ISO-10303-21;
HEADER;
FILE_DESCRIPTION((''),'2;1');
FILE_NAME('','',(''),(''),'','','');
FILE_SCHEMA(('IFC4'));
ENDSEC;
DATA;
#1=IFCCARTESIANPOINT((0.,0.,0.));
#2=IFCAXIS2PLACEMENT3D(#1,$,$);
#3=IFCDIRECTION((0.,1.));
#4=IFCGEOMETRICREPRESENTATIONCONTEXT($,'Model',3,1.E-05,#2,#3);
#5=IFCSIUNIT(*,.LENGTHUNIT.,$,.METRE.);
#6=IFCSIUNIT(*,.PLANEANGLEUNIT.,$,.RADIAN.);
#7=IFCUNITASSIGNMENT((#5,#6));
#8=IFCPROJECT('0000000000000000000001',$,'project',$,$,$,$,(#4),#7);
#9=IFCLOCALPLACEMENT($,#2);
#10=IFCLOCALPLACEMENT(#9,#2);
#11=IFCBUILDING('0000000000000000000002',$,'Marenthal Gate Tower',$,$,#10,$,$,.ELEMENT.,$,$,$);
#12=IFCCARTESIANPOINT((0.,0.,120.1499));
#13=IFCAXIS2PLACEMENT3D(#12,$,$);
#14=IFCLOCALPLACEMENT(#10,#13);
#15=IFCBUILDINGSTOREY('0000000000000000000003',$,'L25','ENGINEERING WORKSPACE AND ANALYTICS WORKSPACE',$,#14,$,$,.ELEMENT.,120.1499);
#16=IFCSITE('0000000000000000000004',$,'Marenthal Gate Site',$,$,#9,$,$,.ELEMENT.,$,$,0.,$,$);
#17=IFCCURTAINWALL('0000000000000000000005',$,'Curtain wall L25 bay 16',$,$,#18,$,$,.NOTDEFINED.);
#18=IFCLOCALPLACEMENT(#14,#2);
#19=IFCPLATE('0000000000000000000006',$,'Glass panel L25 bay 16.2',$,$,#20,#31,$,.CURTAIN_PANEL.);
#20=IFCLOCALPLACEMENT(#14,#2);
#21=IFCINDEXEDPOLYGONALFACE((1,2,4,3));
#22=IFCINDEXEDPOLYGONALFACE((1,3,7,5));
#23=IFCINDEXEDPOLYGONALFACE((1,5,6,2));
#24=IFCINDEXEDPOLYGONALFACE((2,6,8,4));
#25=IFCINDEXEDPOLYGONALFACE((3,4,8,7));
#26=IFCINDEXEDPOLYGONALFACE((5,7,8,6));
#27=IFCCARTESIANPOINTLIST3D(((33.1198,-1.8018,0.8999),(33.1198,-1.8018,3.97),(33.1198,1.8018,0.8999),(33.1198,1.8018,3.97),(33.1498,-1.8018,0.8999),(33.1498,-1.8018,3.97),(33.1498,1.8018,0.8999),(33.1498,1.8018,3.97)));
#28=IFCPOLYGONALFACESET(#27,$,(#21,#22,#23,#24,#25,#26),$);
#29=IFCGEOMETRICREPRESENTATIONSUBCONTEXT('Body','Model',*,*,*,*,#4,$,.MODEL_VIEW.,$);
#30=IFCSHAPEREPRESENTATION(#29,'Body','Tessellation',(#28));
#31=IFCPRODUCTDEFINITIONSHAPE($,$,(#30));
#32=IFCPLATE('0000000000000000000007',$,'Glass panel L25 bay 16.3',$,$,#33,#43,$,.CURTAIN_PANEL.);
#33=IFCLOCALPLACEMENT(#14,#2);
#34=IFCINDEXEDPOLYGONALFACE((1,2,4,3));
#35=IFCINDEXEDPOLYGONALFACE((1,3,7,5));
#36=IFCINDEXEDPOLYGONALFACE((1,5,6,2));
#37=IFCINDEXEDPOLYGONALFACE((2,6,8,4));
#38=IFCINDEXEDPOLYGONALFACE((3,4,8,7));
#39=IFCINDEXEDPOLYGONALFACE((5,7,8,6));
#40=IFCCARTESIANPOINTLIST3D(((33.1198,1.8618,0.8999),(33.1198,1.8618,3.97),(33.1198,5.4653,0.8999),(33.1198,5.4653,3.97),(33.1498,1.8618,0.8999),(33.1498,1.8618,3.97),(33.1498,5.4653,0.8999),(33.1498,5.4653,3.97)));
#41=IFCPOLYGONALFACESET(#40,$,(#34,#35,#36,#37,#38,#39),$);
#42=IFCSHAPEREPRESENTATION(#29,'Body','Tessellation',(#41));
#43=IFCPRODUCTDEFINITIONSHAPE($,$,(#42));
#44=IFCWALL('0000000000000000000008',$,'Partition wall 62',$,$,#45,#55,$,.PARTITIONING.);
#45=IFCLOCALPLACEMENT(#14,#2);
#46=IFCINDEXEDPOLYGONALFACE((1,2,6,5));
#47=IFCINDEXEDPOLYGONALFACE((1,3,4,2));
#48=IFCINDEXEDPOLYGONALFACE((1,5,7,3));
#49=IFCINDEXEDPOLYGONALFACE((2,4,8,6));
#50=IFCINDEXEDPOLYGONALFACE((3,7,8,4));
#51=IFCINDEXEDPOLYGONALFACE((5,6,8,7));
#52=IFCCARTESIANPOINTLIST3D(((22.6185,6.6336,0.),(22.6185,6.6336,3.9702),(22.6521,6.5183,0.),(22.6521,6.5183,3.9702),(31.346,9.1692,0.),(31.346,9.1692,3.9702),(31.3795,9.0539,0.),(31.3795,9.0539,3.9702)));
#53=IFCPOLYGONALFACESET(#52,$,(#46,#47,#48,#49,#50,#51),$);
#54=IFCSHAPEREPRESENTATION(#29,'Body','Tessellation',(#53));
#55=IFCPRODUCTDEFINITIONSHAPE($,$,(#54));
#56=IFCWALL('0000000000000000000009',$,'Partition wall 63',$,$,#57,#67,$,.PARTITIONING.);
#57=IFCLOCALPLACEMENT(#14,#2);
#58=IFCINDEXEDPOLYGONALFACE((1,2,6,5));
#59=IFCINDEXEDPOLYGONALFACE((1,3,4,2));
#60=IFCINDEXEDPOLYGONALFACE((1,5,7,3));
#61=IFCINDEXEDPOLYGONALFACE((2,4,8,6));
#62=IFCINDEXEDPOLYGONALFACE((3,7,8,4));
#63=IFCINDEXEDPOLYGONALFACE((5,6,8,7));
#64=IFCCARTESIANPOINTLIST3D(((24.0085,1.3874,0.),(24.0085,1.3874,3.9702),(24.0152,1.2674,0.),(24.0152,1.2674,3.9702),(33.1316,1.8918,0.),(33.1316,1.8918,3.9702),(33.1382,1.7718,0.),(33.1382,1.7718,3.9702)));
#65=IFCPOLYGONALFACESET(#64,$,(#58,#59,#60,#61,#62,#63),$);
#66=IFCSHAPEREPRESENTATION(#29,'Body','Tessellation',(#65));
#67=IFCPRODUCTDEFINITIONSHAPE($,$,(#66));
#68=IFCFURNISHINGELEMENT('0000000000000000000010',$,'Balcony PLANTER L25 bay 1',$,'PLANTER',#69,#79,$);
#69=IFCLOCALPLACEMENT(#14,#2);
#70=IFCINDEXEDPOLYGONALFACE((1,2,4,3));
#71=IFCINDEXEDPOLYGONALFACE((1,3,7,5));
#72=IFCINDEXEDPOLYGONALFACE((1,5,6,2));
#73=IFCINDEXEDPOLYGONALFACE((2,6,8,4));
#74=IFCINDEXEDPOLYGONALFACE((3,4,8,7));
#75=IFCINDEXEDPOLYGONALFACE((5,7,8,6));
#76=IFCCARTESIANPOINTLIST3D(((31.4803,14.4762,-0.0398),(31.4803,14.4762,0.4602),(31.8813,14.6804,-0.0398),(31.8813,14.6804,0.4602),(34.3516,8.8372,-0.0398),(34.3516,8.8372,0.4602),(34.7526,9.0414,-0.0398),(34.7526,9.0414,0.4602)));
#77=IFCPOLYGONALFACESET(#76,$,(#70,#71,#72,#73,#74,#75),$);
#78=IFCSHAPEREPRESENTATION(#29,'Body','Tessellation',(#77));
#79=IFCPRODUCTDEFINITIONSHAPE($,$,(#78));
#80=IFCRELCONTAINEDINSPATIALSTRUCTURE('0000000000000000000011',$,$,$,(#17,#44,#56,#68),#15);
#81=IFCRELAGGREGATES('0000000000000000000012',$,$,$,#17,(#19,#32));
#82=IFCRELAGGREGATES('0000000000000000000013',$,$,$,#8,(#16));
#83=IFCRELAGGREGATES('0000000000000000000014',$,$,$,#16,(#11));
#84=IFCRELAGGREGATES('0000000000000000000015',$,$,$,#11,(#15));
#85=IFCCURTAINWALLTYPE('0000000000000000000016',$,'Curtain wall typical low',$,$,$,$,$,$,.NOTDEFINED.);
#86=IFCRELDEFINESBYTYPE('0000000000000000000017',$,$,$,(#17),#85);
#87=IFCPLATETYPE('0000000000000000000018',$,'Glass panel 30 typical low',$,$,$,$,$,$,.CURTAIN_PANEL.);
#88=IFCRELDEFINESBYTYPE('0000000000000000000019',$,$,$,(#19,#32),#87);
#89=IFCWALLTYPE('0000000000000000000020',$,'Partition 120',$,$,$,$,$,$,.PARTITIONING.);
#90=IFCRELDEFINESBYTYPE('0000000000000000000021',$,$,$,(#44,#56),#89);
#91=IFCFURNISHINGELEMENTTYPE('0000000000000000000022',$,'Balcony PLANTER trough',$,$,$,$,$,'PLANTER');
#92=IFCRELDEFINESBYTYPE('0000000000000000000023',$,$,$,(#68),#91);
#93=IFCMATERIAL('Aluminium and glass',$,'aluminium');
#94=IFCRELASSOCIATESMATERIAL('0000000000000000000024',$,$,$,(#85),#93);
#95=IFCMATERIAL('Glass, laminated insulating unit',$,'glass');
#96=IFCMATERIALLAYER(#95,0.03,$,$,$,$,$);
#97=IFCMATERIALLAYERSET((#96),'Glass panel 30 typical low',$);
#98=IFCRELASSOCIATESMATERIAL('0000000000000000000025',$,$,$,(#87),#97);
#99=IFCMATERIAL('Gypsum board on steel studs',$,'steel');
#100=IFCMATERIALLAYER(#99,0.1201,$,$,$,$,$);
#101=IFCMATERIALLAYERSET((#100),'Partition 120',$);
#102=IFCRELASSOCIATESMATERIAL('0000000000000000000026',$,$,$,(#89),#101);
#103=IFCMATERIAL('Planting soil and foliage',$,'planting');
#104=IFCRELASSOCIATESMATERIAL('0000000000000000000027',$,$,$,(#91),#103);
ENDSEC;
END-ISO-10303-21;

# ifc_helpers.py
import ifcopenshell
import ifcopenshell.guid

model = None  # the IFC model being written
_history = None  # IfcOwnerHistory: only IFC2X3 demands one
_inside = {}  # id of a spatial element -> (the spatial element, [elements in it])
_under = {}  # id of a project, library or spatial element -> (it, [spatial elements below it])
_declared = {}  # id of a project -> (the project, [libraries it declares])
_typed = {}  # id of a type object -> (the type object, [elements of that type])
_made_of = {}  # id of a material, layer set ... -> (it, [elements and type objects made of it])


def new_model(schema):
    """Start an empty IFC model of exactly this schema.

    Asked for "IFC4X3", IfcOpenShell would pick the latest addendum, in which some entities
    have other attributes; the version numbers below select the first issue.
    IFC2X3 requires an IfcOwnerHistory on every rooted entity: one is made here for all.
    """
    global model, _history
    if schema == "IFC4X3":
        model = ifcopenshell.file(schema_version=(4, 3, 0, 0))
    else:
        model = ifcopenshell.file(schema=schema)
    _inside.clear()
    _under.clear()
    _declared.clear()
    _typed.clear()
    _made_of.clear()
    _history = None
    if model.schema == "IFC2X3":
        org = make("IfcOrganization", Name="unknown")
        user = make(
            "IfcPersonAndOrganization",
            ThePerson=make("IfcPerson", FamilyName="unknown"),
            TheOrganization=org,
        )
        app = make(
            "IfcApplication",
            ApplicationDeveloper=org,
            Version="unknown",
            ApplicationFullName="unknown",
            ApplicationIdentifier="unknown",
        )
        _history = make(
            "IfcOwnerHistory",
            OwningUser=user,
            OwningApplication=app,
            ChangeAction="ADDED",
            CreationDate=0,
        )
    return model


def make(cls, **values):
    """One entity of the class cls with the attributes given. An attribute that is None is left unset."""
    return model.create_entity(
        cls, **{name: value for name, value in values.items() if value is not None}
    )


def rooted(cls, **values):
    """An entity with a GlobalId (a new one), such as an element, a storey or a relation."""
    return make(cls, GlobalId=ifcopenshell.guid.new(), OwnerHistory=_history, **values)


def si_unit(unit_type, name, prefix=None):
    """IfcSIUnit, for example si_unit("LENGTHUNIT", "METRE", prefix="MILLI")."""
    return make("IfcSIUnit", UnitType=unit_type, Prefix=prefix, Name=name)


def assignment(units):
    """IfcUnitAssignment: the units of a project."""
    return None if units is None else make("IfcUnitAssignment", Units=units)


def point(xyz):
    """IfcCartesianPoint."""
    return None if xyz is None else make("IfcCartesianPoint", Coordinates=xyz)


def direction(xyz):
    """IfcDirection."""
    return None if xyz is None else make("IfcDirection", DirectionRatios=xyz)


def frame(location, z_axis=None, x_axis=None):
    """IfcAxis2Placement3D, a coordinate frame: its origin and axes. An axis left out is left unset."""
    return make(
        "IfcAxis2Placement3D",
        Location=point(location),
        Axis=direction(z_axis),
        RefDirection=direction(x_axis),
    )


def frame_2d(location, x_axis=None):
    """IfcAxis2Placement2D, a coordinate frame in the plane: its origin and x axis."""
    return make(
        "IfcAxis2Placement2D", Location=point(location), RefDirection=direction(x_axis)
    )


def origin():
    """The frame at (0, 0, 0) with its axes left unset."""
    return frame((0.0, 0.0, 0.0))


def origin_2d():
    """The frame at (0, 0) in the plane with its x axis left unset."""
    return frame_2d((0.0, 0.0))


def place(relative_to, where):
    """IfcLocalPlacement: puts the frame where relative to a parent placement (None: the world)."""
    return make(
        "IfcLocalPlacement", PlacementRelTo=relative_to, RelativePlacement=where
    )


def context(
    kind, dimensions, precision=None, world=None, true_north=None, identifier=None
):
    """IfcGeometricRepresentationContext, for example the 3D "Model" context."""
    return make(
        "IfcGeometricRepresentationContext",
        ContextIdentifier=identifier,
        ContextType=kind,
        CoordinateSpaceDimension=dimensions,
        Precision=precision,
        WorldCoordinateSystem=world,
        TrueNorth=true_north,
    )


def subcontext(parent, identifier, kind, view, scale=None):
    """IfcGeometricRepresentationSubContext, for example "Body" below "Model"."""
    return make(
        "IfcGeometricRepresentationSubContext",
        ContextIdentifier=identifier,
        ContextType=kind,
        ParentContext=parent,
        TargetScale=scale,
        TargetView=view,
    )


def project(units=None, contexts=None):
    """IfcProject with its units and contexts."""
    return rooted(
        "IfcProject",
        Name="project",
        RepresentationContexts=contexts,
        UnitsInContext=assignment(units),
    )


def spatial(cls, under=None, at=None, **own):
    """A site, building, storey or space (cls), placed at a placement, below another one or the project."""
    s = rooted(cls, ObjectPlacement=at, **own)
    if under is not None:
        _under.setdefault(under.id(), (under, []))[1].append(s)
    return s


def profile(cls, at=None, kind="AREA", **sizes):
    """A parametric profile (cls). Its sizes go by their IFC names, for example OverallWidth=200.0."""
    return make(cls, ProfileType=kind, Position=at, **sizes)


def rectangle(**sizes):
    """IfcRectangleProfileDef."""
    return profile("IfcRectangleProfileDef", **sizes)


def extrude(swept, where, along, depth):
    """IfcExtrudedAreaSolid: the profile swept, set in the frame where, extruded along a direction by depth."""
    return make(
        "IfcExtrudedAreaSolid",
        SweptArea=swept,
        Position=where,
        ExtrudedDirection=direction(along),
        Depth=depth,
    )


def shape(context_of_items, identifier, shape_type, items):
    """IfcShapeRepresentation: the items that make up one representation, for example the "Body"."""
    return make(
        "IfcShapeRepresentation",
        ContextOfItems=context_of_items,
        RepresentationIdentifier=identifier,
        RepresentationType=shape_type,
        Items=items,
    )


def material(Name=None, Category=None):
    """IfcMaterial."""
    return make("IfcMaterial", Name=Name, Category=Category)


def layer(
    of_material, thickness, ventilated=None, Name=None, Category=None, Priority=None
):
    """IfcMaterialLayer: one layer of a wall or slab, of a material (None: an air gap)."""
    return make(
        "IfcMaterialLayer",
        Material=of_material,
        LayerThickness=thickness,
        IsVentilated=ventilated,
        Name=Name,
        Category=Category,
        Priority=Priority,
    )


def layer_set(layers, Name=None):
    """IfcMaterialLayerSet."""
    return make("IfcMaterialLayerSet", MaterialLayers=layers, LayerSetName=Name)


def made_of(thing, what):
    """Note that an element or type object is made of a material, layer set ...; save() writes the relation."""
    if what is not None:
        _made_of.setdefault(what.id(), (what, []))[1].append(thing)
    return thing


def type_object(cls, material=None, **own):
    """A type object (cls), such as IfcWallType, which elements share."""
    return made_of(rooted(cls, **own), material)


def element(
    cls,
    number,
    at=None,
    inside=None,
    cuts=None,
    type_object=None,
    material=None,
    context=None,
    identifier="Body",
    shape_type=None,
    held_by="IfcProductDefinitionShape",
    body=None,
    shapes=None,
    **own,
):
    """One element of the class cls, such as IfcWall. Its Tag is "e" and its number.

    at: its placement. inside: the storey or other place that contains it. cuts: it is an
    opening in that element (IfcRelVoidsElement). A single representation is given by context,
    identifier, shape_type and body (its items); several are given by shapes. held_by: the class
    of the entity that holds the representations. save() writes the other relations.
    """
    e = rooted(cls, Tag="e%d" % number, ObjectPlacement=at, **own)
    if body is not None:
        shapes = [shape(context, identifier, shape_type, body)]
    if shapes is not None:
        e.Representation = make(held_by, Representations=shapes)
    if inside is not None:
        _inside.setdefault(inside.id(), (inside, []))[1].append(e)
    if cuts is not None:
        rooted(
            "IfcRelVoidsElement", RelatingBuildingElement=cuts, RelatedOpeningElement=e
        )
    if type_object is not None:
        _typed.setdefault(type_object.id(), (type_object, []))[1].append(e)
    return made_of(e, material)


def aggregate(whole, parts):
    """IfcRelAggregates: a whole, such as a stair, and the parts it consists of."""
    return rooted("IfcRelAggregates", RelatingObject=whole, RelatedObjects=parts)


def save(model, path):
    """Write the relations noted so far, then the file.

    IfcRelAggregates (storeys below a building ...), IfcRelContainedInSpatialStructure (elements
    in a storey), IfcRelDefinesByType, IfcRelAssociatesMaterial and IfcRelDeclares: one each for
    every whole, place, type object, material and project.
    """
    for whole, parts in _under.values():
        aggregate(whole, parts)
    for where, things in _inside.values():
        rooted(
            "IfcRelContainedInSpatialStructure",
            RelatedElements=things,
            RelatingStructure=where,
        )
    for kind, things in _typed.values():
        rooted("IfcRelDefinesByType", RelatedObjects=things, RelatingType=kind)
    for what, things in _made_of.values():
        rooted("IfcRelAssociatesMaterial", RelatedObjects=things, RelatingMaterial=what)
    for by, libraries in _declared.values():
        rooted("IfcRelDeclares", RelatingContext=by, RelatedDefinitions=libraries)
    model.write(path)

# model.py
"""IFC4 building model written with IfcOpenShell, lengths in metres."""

from ifc_helpers import new_model, si_unit, direction, frame, frame_2d, origin, origin_2d, place, context, subcontext, project, spatial, rectangle, extrude, material, layer, layer_set, type_object, element, aggregate, save


model = new_model("IFC4")

# Units and contexts
model_context = context("Model", 3, precision=1e-05, world=origin(), true_north=direction((0.0, 1.0)))
body_context = subcontext(model_context, "Body", "Model", "MODEL_VIEW")
ifc_project = project(units=[si_unit("LENGTHUNIT", "METRE"), si_unit("PLANEANGLEUNIT", "RADIAN")], contexts=[model_context])

# Site, building, storey
site_placement = place(None, origin())
site = spatial("IfcSite", under=ifc_project, at=site_placement, Name="Marenthal Gate Site", CompositionType="ELEMENT", RefElevation=0.0)
building_placement = place(site_placement, origin())
building = spatial("IfcBuilding", under=site, at=building_placement, Name="Marenthal Gate Tower", CompositionType="ELEMENT")
storey_placement = place(building_placement, frame((0.0, 0.0, 120.1499)))
storey = spatial("IfcBuildingStorey", under=building, at=storey_placement, Name="L25", Description="ENGINEERING WORKSPACE AND ANALYTICS WORKSPACE", CompositionType="ELEMENT", Elevation=120.1499)

# Curtain wall
ifc_material_1 = material(Name="Aluminium and glass", Category="aluminium")
curtain_wall_type = type_object("IfcCurtainWallType", Name="Curtain wall typical low", PredefinedType="NOTDEFINED", material=ifc_material_1)
curtain_wall_placement = place(storey_placement, origin())
curtain_wall = element("IfcCurtainWall", 1, at=curtain_wall_placement, inside=storey, type_object=curtain_wall_type, Name="Curtain wall L25 bay 16", PredefinedType="NOTDEFINED")

# Plates
ifc_material_2 = material(Name="Glass, laminated insulating unit", Category="glass")
ifc_layer_1 = layer(ifc_material_2, 0.03)
ifc_layer_set_1 = layer_set([ifc_layer_1], Name="Glass panel 30 typical low")
plate_type = type_object("IfcPlateType", Name="Glass panel 30 typical low", PredefinedType="CURTAIN_PANEL", material=ifc_layer_set_1)
plate_1_placement = place(storey_placement, frame((33.1348, 0.0, 0.8999), z_axis=(0.0, 0.0, 1.0), x_axis=(0.0, 1.0, 0.0)))
plate_1 = element("IfcPlate", 2, at=plate_1_placement, type_object=plate_type, Name="Glass panel L25 bay 16.2", PredefinedType="CURTAIN_PANEL", context=body_context, shape_type="SweptSolid", body=[
    extrude(rectangle(XDim=3.6035, YDim=0.03, at=origin_2d()), origin(), (0.0, 0.0, 1.0), 3.0701),
])
plate_2_placement = place(storey_placement, frame((33.1348, 3.6636, 0.8999), z_axis=(0.0, 0.0, 1.0), x_axis=(0.0, 1.0, 0.0)))
plate_2 = element("IfcPlate", 3, at=plate_2_placement, type_object=plate_type, Name="Glass panel L25 bay 16.3", PredefinedType="CURTAIN_PANEL", context=body_context, shape_type="SweptSolid", body=[
    extrude(rectangle(XDim=3.6035, YDim=0.03, at=origin_2d()), origin(), (0.0, 0.0, 1.0), 3.0701),
])
aggregate(curtain_wall, [plate_1, plate_2])

# Walls
ifc_material_3 = material(Name="Gypsum board on steel studs", Category="steel")
ifc_layer_2 = layer(ifc_material_3, 0.1201)
ifc_layer_set_2 = layer_set([ifc_layer_2], Name="Partition 120")
wall_type_1 = type_object("IfcWallType", Name="Partition 120", PredefinedType="PARTITIONING", material=ifc_layer_set_2)
wall_1_placement = place(storey_placement, frame((31.3628, 9.1116, 0.0), z_axis=(0.0, 0.0, 1.0), x_axis=(-0.960292, -0.278997, 0.0)))
element("IfcWall", 4, at=wall_1_placement, inside=storey, type_object=wall_type_1, Name="Partition wall 62", PredefinedType="PARTITIONING", context=body_context, shape_type="SweptSolid", body=[
    extrude(rectangle(XDim=9.0884, YDim=0.1201, at=frame_2d((4.5442, 0.0))), origin(), (0.0, 0.0, 1.0), 3.9702),
])
wall_2_placement = place(storey_placement, frame((33.1348, 1.8318, 0.0), z_axis=(0.0, 0.0, 1.0), x_axis=(-0.998475, -0.055204, 0.0)))
element("IfcWall", 5, at=wall_2_placement, inside=storey, type_object=wall_type_1, Name="Partition wall 63", PredefinedType="PARTITIONING", context=body_context, shape_type="SweptSolid", body=[
    extrude(rectangle(XDim=9.137, YDim=0.1201, at=frame_2d((4.5684, 0.0))), origin(), (0.0, 0.0, 1.0), 3.9702),
])

# Furnishing element
ifc_material_4 = material(Name="Planting soil and foliage", Category="planting")
furnishing_element_type = type_object("IfcFurnishingElementType", Name="Balcony PLANTER trough", ElementType="PLANTER", material=ifc_material_4)
furnishing_placement = place(storey_placement, frame((33.1165, 11.7588, -0.0398), z_axis=(0.0, 0.0, 1.0), x_axis=(-0.453749, 0.89113, 0.0)))
element("IfcFurnishingElement", 6, at=furnishing_placement, inside=storey, type_object=furnishing_element_type, Name="Balcony PLANTER L25 bay 1", ObjectType="PLANTER", context=body_context, shape_type="SweptSolid", body=[
    extrude(rectangle(XDim=6.3279, YDim=0.45, at=origin_2d()), origin(), (0.0, 0.0, 1.0), 0.5),
])

save(model, "model.ifc")
